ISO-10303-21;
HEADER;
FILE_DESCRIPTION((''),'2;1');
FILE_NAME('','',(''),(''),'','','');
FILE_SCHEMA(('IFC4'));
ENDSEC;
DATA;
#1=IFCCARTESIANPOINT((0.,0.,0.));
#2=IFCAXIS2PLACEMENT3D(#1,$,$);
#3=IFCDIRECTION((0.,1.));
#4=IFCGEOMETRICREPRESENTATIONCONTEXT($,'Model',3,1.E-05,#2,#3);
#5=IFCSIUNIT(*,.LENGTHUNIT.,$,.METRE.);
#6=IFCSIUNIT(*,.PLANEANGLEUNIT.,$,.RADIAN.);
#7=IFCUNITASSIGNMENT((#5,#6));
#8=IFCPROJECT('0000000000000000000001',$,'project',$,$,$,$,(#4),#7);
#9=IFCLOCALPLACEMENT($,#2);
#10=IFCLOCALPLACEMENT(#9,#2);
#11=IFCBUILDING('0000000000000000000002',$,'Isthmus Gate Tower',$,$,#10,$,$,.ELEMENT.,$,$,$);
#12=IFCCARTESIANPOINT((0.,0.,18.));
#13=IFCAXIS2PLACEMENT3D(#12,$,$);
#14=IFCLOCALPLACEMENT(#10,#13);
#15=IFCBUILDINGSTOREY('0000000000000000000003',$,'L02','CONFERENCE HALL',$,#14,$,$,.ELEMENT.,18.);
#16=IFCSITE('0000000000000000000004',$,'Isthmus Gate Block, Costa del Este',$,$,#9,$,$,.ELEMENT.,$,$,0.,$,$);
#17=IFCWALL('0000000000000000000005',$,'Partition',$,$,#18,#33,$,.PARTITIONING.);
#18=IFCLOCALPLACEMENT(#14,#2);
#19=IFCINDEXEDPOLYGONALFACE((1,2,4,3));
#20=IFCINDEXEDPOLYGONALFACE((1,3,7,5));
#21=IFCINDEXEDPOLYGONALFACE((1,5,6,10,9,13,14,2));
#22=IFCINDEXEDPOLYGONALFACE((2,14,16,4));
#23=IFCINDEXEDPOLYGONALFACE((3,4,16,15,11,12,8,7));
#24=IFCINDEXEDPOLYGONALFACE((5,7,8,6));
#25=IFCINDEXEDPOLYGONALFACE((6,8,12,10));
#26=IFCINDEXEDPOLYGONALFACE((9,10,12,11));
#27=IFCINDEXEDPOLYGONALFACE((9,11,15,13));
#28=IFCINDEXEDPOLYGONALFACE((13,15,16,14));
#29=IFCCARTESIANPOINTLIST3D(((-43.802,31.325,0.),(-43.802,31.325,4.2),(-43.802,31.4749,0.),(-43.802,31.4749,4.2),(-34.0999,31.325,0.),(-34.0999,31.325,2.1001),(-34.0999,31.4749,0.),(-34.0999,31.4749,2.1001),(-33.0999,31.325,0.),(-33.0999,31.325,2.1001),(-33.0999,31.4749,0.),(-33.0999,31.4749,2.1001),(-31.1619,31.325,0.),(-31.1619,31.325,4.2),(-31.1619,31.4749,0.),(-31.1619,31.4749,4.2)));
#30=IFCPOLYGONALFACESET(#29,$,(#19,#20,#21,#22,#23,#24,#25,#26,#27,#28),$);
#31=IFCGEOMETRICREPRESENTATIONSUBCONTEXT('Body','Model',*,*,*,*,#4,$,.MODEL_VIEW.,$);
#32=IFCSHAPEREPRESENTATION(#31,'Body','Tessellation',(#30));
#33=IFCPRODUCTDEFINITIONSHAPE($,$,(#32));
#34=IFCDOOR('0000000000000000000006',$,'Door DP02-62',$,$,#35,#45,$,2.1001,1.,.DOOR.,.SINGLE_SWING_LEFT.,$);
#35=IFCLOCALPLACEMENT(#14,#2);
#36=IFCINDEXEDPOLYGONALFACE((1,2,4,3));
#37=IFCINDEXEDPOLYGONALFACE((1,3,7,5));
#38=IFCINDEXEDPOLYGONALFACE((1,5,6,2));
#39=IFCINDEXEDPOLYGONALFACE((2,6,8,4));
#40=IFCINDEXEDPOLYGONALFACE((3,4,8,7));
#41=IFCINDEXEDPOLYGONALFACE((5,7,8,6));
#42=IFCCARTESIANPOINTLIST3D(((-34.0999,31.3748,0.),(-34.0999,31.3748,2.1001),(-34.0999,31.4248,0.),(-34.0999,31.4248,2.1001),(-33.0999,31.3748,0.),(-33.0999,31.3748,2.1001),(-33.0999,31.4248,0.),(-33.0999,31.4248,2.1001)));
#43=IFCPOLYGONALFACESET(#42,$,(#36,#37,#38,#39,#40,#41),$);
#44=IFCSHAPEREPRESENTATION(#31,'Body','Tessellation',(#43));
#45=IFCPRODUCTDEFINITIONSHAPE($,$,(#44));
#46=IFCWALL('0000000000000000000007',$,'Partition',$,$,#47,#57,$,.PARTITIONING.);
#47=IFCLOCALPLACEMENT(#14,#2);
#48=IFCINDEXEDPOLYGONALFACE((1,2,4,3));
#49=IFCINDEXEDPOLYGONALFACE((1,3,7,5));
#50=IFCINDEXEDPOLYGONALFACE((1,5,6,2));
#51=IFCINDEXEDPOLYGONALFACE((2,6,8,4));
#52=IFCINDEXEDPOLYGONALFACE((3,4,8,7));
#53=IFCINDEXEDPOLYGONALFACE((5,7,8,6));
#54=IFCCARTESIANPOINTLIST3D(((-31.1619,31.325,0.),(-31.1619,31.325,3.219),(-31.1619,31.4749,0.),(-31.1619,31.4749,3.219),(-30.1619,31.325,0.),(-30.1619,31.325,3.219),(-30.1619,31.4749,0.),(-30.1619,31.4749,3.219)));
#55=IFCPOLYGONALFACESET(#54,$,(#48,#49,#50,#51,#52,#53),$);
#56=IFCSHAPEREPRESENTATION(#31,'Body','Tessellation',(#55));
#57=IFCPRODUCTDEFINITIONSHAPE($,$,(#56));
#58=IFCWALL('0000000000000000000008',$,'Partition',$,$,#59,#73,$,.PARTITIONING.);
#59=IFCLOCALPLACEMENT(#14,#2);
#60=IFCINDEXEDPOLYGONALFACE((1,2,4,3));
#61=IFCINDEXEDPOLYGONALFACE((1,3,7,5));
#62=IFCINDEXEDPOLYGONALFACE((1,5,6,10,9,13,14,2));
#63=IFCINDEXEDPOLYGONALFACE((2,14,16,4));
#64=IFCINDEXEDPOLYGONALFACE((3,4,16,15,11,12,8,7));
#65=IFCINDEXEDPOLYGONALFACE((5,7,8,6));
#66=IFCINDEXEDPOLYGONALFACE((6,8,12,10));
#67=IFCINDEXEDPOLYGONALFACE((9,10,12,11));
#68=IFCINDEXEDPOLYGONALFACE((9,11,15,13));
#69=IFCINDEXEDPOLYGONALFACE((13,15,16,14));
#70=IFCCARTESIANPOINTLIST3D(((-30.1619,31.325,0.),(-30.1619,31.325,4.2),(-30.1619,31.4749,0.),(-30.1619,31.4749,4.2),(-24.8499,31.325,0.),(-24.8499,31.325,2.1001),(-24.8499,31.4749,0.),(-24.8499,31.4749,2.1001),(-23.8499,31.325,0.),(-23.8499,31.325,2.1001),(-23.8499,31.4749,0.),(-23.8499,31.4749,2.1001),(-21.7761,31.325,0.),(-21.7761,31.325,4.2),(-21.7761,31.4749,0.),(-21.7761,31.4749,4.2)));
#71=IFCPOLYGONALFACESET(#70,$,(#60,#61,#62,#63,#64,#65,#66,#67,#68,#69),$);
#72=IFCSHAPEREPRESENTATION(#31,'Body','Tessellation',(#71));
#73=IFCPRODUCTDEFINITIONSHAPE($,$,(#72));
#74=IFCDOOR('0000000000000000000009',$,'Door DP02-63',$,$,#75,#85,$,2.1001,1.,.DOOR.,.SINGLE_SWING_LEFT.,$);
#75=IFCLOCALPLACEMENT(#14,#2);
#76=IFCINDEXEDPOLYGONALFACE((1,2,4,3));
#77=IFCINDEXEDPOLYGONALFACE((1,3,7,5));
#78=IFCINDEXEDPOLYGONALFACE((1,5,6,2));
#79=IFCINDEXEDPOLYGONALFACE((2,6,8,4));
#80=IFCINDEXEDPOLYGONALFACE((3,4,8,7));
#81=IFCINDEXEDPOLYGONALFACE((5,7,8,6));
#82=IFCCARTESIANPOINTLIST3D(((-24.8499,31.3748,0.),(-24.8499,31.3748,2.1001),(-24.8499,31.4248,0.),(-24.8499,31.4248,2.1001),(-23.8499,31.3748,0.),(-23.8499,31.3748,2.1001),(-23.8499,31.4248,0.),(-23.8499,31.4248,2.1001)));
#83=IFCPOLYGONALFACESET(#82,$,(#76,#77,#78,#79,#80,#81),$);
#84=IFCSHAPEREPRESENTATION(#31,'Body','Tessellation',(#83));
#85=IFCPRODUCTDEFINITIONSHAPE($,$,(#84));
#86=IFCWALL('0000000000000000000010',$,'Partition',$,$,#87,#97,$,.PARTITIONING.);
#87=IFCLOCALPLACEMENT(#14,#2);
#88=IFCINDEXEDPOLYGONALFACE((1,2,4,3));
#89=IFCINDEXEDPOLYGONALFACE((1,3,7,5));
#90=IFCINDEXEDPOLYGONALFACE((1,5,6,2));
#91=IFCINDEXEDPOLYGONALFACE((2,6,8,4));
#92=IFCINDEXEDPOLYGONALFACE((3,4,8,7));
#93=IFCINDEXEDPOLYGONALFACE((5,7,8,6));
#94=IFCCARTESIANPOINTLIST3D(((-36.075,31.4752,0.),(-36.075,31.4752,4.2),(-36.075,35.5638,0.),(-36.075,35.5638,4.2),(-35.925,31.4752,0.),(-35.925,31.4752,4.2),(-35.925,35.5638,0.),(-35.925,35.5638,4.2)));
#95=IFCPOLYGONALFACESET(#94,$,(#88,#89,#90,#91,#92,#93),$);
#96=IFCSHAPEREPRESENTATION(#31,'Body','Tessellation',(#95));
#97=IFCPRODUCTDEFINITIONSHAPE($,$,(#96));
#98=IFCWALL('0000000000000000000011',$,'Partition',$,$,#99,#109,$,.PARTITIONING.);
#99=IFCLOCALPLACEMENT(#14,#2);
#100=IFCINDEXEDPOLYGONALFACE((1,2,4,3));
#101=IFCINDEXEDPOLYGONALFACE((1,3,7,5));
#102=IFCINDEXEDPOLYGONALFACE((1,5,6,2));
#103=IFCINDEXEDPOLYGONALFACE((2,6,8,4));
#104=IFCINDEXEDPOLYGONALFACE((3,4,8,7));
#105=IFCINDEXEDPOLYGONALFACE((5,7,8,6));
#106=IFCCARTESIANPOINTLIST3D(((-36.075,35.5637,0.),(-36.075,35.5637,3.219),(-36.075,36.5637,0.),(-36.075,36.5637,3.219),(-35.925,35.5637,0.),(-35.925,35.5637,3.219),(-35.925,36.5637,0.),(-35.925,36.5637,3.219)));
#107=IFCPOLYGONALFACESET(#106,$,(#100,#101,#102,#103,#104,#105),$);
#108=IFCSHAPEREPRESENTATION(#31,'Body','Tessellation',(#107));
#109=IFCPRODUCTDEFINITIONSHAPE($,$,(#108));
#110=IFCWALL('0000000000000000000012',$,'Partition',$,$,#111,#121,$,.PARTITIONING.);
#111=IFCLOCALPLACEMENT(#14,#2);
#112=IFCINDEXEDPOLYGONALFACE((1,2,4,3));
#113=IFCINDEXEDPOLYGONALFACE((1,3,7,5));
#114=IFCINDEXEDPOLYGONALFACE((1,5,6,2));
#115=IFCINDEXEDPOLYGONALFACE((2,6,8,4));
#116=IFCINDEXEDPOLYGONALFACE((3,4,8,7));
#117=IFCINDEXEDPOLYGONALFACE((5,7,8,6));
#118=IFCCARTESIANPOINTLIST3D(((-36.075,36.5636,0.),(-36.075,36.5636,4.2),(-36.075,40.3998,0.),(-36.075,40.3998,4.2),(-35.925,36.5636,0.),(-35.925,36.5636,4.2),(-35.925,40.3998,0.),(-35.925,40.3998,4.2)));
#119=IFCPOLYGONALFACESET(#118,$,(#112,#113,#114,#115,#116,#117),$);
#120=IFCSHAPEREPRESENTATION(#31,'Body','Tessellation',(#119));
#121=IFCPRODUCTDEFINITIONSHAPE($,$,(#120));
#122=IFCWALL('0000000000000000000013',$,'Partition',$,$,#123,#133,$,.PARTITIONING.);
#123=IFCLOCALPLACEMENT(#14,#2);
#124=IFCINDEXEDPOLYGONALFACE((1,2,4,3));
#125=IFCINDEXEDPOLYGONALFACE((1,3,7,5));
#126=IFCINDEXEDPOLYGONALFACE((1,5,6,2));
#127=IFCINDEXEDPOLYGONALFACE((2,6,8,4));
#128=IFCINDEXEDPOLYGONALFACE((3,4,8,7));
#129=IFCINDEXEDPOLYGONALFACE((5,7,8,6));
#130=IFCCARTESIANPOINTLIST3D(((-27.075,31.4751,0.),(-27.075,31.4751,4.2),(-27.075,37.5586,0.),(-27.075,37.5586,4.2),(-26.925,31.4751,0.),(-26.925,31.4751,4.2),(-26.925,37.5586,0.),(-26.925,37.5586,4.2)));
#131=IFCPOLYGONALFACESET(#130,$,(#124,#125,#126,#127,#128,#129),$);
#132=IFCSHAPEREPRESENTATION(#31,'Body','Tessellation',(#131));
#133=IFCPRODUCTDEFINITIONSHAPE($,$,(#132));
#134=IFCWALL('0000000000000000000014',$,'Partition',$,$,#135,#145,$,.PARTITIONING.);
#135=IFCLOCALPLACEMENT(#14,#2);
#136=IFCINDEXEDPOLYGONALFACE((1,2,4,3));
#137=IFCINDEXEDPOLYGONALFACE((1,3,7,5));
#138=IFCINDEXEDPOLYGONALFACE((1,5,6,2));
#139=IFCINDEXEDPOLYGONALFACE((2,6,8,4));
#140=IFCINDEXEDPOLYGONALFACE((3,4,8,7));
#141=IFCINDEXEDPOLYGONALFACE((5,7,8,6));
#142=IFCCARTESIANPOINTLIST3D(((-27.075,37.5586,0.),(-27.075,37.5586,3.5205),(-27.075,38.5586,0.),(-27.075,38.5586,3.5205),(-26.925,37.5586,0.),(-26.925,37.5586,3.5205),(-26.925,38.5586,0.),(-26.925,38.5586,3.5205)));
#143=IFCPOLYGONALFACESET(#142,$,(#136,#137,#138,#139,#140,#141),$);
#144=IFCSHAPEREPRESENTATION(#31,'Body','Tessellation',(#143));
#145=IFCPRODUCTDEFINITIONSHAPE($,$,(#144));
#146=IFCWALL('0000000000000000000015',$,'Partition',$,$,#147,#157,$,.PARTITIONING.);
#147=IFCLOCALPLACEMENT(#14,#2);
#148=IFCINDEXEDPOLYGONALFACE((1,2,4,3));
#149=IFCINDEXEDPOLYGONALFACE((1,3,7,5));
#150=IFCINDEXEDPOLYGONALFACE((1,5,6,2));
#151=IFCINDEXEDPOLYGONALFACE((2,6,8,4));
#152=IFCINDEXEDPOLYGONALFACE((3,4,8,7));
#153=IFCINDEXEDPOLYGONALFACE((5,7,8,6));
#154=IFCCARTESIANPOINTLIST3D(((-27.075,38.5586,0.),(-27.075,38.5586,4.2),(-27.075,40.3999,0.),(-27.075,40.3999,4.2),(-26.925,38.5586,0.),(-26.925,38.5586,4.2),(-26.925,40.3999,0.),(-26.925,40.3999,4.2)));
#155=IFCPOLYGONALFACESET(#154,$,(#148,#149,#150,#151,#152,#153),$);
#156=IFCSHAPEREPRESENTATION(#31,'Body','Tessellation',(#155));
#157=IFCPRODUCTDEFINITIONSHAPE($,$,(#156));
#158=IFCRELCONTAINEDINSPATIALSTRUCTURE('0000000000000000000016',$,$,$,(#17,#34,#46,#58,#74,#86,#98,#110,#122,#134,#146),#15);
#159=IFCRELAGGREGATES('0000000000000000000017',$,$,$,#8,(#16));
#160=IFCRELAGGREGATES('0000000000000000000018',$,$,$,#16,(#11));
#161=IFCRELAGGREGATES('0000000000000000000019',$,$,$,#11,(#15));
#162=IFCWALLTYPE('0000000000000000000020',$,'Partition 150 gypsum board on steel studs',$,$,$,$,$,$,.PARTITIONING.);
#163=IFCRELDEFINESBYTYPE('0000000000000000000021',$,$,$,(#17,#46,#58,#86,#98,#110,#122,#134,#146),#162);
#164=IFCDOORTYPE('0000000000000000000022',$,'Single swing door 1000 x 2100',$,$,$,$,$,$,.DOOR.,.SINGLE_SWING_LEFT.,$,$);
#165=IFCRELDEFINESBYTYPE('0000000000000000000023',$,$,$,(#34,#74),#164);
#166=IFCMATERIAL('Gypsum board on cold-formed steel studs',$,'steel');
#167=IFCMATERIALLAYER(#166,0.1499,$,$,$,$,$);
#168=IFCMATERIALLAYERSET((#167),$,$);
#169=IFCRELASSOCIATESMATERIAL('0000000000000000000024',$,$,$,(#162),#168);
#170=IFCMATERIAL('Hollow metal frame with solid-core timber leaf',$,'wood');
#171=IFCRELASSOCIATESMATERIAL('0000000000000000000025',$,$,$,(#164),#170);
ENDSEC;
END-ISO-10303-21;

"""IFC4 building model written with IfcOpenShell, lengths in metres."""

from ifc_helpers import new_model, si_unit, direction, frame, frame_2d, origin, place, context, subcontext, project, spatial, rectangle, extrude, material, layer, layer_set, type_object, element, fill, save


model = new_model("IFC4")

# Units and contexts
model_context = context("Model", 3, precision=1e-05, world=origin(), true_north=direction((0.0, 1.0)))
body_context = subcontext(model_context, "Body", "Model", "MODEL_VIEW")
ifc_project = project(units=[si_unit("LENGTHUNIT", "METRE"), si_unit("PLANEANGLEUNIT", "RADIAN")], contexts=[model_context])

# Site, building, storey
site_placement = place(None, origin())
site = spatial("IfcSite", under=ifc_project, at=site_placement, Name="Isthmus Gate Block, Costa del Este", CompositionType="ELEMENT", RefElevation=0.0)
building_placement = place(site_placement, origin())
building = spatial("IfcBuilding", under=site, at=building_placement, Name="Isthmus Gate Tower", CompositionType="ELEMENT")
storey_placement = place(building_placement, frame((0.0, 0.0, 18.0)))
storey = spatial("IfcBuildingStorey", under=building, at=storey_placement, Name="L02", Description="CONFERENCE HALL", CompositionType="ELEMENT", Elevation=18.0)

# Wall, opening, door
ifc_material_1 = material(Name="Gypsum board on cold-formed steel studs", Category="steel")
ifc_layer_1 = layer(ifc_material_1, 0.1499)
ifc_layer_set_1 = layer_set([ifc_layer_1])
wall_type_1 = type_object("IfcWallType", Name="Partition 150 gypsum board on steel studs", PredefinedType="PARTITIONING", material=ifc_layer_set_1)
wall_1_placement = place(storey_placement, frame((-43.802, 31.3999, 0.0), z_axis=(0.0, 0.0, 1.0), x_axis=(1.0, 0.0, 0.0)))
wall_1 = element("IfcWall", 1, at=wall_1_placement, inside=storey, type_object=wall_type_1, Name="Partition", PredefinedType="PARTITIONING", context=body_context, shape_type="SweptSolid", body=[
    extrude(rectangle(XDim=12.6401, YDim=0.1499, at=frame_2d((6.3201, 0.0))), origin(), (0.0, 0.0, 1.0), 4.2),
])
opening_1_placement = place(wall_1_placement, frame((9.7021, 0.0, 0.0)))
opening_1 = element("IfcOpeningElement", 2, at=opening_1_placement, cuts=wall_1, PredefinedType="OPENING", context=body_context, shape_type="SweptSolid", body=[
    extrude(rectangle(XDim=1.0, YDim=2.1001, at=frame_2d((0.5, 1.05))), frame((0.0, 0.085, 0.0), z_axis=(0.0, -1.0, 0.0), x_axis=(1.0, 0.0, 0.0)), (0.0, 0.0, 1.0), 0.1699),
])
ifc_material_2 = material(Name="Hollow metal frame with solid-core timber leaf", Category="wood")
door_type_1 = type_object("IfcDoorType", Name="Single swing door 1000 x 2100", OperationType="SINGLE_SWING_LEFT", PredefinedType="DOOR", material=ifc_material_2)
door_1_placement = place(opening_1_placement, origin())
door_1 = element("IfcDoor", 3, at=door_1_placement, inside=storey, type_object=door_type_1, Name="Door DP02-62", OperationType="SINGLE_SWING_LEFT", OverallHeight=2.1001, OverallWidth=1.0, PredefinedType="DOOR", context=body_context, shape_type="SweptSolid", body=[
    extrude(rectangle(XDim=1.0, YDim=2.1001, at=frame_2d((0.5, 1.05))), frame((0.0, 0.0249, 0.0), z_axis=(0.0, -1.0, 0.0), x_axis=(1.0, 0.0, 0.0)), (0.0, 0.0, 1.0), 0.05),
])
fill(opening_1, door_1)

# Wall
wall_2_placement = place(storey_placement, frame((-31.1619, 31.3999, 0.0), z_axis=(0.0, 0.0, 1.0), x_axis=(1.0, 0.0, 0.0)))
element("IfcWall", 4, at=wall_2_placement, inside=storey, type_object=wall_type_1, Name="Partition", PredefinedType="PARTITIONING", context=body_context, shape_type="SweptSolid", body=[
    extrude(rectangle(XDim=1.0, YDim=0.1499, at=frame_2d((0.5, 0.0))), origin(), (0.0, 0.0, 1.0), 3.219),
])

# Wall, opening, door
wall_3_placement = place(storey_placement, frame((-30.1619, 31.3999, 0.0), z_axis=(0.0, 0.0, 1.0), x_axis=(1.0, 0.0, 0.0)))
wall_3 = element("IfcWall", 5, at=wall_3_placement, inside=storey, type_object=wall_type_1, Name="Partition", PredefinedType="PARTITIONING", context=body_context, shape_type="SweptSolid", body=[
    extrude(rectangle(XDim=8.3857, YDim=0.1499, at=frame_2d((4.1929, 0.0))), origin(), (0.0, 0.0, 1.0), 4.2),
])
opening_2_placement = place(wall_3_placement, frame((5.312, 0.0, 0.0)))
opening_2 = element("IfcOpeningElement", 6, at=opening_2_placement, cuts=wall_3, PredefinedType="OPENING", context=body_context, shape_type="SweptSolid", body=[
    extrude(rectangle(XDim=1.0, YDim=2.1001, at=frame_2d((0.5, 1.05))), frame((0.0, 0.085, 0.0), z_axis=(0.0, -1.0, 0.0), x_axis=(1.0, 0.0, 0.0)), (0.0, 0.0, 1.0), 0.1699),
])
door_2_placement = place(opening_2_placement, origin())
door_2 = element("IfcDoor", 7, at=door_2_placement, inside=storey, type_object=door_type_1, Name="Door DP02-63", OperationType="SINGLE_SWING_LEFT", OverallHeight=2.1001, OverallWidth=1.0, PredefinedType="DOOR", context=body_context, shape_type="SweptSolid", body=[
    extrude(rectangle(XDim=1.0, YDim=2.1001, at=frame_2d((0.5, 1.05))), frame((0.0, 0.0249, 0.0), z_axis=(0.0, -1.0, 0.0), x_axis=(1.0, 0.0, 0.0)), (0.0, 0.0, 1.0), 0.05),
])
fill(opening_2, door_2)

# Walls
wall_4_placement = place(storey_placement, frame((-36.0, 31.4751, 0.0), z_axis=(0.0, 0.0, 1.0), x_axis=(0.0, 1.0, 0.0)))
element("IfcWall", 8, at=wall_4_placement, inside=storey, type_object=wall_type_1, Name="Partition", PredefinedType="PARTITIONING", context=body_context, shape_type="SweptSolid", body=[
    extrude(rectangle(XDim=4.0886, YDim=0.1499, at=frame_2d((2.0444, 0.0))), origin(), (0.0, 0.0, 1.0), 4.2),
])
wall_5_placement = place(storey_placement, frame((-36.0, 35.5637, 0.0), z_axis=(0.0, 0.0, 1.0), x_axis=(0.0, 1.0, 0.0)))
element("IfcWall", 9, at=wall_5_placement, inside=storey, type_object=wall_type_1, Name="Partition", PredefinedType="PARTITIONING", context=body_context, shape_type="SweptSolid", body=[
    extrude(rectangle(XDim=1.0, YDim=0.1499, at=frame_2d((0.5, 0.0))), origin(), (0.0, 0.0, 1.0), 3.219),
])
wall_6_placement = place(storey_placement, frame((-36.0, 36.5637, 0.0), z_axis=(0.0, 0.0, 1.0), x_axis=(0.0, 1.0, 0.0)))
element("IfcWall", 10, at=wall_6_placement, inside=storey, type_object=wall_type_1, Name="Partition", PredefinedType="PARTITIONING", context=body_context, shape_type="SweptSolid", body=[
    extrude(rectangle(XDim=3.8362, YDim=0.1499, at=frame_2d((1.918, 0.0))), origin(), (0.0, 0.0, 1.0), 4.2),
])
wall_7_placement = place(storey_placement, frame((-27.0, 31.4751, 0.0), z_axis=(0.0, 0.0, 1.0), x_axis=(0.0, 1.0, 0.0)))
element("IfcWall", 11, at=wall_7_placement, inside=storey, type_object=wall_type_1, Name="Partition", PredefinedType="PARTITIONING", context=body_context, shape_type="SweptSolid", body=[
    extrude(rectangle(XDim=6.0835, YDim=0.1499, at=frame_2d((3.0417, 0.0))), origin(), (0.0, 0.0, 1.0), 4.2),
])
wall_8_placement = place(storey_placement, frame((-27.0, 37.5586, 0.0), z_axis=(0.0, 0.0, 1.0), x_axis=(0.0, 1.0, 0.0)))
element("IfcWall", 12, at=wall_8_placement, inside=storey, type_object=wall_type_1, Name="Partition", PredefinedType="PARTITIONING", context=body_context, shape_type="SweptSolid", body=[
    extrude(rectangle(XDim=1.0, YDim=0.1499, at=frame_2d((0.5, 0.0))), origin(), (0.0, 0.0, 1.0), 3.5205),
])
wall_9_placement = place(storey_placement, frame((-27.0, 38.5586, 0.0), z_axis=(0.0, 0.0, 1.0), x_axis=(0.0, 1.0, 0.0)))
element("IfcWall", 13, at=wall_9_placement, inside=storey, type_object=wall_type_1, Name="Partition", PredefinedType="PARTITIONING", context=body_context, shape_type="SweptSolid", body=[
    extrude(rectangle(XDim=1.8413, YDim=0.1499, at=frame_2d((0.9207, 0.0))), origin(), (0.0, 0.0, 1.0), 4.2),
])

save(model, "model.ifc")
